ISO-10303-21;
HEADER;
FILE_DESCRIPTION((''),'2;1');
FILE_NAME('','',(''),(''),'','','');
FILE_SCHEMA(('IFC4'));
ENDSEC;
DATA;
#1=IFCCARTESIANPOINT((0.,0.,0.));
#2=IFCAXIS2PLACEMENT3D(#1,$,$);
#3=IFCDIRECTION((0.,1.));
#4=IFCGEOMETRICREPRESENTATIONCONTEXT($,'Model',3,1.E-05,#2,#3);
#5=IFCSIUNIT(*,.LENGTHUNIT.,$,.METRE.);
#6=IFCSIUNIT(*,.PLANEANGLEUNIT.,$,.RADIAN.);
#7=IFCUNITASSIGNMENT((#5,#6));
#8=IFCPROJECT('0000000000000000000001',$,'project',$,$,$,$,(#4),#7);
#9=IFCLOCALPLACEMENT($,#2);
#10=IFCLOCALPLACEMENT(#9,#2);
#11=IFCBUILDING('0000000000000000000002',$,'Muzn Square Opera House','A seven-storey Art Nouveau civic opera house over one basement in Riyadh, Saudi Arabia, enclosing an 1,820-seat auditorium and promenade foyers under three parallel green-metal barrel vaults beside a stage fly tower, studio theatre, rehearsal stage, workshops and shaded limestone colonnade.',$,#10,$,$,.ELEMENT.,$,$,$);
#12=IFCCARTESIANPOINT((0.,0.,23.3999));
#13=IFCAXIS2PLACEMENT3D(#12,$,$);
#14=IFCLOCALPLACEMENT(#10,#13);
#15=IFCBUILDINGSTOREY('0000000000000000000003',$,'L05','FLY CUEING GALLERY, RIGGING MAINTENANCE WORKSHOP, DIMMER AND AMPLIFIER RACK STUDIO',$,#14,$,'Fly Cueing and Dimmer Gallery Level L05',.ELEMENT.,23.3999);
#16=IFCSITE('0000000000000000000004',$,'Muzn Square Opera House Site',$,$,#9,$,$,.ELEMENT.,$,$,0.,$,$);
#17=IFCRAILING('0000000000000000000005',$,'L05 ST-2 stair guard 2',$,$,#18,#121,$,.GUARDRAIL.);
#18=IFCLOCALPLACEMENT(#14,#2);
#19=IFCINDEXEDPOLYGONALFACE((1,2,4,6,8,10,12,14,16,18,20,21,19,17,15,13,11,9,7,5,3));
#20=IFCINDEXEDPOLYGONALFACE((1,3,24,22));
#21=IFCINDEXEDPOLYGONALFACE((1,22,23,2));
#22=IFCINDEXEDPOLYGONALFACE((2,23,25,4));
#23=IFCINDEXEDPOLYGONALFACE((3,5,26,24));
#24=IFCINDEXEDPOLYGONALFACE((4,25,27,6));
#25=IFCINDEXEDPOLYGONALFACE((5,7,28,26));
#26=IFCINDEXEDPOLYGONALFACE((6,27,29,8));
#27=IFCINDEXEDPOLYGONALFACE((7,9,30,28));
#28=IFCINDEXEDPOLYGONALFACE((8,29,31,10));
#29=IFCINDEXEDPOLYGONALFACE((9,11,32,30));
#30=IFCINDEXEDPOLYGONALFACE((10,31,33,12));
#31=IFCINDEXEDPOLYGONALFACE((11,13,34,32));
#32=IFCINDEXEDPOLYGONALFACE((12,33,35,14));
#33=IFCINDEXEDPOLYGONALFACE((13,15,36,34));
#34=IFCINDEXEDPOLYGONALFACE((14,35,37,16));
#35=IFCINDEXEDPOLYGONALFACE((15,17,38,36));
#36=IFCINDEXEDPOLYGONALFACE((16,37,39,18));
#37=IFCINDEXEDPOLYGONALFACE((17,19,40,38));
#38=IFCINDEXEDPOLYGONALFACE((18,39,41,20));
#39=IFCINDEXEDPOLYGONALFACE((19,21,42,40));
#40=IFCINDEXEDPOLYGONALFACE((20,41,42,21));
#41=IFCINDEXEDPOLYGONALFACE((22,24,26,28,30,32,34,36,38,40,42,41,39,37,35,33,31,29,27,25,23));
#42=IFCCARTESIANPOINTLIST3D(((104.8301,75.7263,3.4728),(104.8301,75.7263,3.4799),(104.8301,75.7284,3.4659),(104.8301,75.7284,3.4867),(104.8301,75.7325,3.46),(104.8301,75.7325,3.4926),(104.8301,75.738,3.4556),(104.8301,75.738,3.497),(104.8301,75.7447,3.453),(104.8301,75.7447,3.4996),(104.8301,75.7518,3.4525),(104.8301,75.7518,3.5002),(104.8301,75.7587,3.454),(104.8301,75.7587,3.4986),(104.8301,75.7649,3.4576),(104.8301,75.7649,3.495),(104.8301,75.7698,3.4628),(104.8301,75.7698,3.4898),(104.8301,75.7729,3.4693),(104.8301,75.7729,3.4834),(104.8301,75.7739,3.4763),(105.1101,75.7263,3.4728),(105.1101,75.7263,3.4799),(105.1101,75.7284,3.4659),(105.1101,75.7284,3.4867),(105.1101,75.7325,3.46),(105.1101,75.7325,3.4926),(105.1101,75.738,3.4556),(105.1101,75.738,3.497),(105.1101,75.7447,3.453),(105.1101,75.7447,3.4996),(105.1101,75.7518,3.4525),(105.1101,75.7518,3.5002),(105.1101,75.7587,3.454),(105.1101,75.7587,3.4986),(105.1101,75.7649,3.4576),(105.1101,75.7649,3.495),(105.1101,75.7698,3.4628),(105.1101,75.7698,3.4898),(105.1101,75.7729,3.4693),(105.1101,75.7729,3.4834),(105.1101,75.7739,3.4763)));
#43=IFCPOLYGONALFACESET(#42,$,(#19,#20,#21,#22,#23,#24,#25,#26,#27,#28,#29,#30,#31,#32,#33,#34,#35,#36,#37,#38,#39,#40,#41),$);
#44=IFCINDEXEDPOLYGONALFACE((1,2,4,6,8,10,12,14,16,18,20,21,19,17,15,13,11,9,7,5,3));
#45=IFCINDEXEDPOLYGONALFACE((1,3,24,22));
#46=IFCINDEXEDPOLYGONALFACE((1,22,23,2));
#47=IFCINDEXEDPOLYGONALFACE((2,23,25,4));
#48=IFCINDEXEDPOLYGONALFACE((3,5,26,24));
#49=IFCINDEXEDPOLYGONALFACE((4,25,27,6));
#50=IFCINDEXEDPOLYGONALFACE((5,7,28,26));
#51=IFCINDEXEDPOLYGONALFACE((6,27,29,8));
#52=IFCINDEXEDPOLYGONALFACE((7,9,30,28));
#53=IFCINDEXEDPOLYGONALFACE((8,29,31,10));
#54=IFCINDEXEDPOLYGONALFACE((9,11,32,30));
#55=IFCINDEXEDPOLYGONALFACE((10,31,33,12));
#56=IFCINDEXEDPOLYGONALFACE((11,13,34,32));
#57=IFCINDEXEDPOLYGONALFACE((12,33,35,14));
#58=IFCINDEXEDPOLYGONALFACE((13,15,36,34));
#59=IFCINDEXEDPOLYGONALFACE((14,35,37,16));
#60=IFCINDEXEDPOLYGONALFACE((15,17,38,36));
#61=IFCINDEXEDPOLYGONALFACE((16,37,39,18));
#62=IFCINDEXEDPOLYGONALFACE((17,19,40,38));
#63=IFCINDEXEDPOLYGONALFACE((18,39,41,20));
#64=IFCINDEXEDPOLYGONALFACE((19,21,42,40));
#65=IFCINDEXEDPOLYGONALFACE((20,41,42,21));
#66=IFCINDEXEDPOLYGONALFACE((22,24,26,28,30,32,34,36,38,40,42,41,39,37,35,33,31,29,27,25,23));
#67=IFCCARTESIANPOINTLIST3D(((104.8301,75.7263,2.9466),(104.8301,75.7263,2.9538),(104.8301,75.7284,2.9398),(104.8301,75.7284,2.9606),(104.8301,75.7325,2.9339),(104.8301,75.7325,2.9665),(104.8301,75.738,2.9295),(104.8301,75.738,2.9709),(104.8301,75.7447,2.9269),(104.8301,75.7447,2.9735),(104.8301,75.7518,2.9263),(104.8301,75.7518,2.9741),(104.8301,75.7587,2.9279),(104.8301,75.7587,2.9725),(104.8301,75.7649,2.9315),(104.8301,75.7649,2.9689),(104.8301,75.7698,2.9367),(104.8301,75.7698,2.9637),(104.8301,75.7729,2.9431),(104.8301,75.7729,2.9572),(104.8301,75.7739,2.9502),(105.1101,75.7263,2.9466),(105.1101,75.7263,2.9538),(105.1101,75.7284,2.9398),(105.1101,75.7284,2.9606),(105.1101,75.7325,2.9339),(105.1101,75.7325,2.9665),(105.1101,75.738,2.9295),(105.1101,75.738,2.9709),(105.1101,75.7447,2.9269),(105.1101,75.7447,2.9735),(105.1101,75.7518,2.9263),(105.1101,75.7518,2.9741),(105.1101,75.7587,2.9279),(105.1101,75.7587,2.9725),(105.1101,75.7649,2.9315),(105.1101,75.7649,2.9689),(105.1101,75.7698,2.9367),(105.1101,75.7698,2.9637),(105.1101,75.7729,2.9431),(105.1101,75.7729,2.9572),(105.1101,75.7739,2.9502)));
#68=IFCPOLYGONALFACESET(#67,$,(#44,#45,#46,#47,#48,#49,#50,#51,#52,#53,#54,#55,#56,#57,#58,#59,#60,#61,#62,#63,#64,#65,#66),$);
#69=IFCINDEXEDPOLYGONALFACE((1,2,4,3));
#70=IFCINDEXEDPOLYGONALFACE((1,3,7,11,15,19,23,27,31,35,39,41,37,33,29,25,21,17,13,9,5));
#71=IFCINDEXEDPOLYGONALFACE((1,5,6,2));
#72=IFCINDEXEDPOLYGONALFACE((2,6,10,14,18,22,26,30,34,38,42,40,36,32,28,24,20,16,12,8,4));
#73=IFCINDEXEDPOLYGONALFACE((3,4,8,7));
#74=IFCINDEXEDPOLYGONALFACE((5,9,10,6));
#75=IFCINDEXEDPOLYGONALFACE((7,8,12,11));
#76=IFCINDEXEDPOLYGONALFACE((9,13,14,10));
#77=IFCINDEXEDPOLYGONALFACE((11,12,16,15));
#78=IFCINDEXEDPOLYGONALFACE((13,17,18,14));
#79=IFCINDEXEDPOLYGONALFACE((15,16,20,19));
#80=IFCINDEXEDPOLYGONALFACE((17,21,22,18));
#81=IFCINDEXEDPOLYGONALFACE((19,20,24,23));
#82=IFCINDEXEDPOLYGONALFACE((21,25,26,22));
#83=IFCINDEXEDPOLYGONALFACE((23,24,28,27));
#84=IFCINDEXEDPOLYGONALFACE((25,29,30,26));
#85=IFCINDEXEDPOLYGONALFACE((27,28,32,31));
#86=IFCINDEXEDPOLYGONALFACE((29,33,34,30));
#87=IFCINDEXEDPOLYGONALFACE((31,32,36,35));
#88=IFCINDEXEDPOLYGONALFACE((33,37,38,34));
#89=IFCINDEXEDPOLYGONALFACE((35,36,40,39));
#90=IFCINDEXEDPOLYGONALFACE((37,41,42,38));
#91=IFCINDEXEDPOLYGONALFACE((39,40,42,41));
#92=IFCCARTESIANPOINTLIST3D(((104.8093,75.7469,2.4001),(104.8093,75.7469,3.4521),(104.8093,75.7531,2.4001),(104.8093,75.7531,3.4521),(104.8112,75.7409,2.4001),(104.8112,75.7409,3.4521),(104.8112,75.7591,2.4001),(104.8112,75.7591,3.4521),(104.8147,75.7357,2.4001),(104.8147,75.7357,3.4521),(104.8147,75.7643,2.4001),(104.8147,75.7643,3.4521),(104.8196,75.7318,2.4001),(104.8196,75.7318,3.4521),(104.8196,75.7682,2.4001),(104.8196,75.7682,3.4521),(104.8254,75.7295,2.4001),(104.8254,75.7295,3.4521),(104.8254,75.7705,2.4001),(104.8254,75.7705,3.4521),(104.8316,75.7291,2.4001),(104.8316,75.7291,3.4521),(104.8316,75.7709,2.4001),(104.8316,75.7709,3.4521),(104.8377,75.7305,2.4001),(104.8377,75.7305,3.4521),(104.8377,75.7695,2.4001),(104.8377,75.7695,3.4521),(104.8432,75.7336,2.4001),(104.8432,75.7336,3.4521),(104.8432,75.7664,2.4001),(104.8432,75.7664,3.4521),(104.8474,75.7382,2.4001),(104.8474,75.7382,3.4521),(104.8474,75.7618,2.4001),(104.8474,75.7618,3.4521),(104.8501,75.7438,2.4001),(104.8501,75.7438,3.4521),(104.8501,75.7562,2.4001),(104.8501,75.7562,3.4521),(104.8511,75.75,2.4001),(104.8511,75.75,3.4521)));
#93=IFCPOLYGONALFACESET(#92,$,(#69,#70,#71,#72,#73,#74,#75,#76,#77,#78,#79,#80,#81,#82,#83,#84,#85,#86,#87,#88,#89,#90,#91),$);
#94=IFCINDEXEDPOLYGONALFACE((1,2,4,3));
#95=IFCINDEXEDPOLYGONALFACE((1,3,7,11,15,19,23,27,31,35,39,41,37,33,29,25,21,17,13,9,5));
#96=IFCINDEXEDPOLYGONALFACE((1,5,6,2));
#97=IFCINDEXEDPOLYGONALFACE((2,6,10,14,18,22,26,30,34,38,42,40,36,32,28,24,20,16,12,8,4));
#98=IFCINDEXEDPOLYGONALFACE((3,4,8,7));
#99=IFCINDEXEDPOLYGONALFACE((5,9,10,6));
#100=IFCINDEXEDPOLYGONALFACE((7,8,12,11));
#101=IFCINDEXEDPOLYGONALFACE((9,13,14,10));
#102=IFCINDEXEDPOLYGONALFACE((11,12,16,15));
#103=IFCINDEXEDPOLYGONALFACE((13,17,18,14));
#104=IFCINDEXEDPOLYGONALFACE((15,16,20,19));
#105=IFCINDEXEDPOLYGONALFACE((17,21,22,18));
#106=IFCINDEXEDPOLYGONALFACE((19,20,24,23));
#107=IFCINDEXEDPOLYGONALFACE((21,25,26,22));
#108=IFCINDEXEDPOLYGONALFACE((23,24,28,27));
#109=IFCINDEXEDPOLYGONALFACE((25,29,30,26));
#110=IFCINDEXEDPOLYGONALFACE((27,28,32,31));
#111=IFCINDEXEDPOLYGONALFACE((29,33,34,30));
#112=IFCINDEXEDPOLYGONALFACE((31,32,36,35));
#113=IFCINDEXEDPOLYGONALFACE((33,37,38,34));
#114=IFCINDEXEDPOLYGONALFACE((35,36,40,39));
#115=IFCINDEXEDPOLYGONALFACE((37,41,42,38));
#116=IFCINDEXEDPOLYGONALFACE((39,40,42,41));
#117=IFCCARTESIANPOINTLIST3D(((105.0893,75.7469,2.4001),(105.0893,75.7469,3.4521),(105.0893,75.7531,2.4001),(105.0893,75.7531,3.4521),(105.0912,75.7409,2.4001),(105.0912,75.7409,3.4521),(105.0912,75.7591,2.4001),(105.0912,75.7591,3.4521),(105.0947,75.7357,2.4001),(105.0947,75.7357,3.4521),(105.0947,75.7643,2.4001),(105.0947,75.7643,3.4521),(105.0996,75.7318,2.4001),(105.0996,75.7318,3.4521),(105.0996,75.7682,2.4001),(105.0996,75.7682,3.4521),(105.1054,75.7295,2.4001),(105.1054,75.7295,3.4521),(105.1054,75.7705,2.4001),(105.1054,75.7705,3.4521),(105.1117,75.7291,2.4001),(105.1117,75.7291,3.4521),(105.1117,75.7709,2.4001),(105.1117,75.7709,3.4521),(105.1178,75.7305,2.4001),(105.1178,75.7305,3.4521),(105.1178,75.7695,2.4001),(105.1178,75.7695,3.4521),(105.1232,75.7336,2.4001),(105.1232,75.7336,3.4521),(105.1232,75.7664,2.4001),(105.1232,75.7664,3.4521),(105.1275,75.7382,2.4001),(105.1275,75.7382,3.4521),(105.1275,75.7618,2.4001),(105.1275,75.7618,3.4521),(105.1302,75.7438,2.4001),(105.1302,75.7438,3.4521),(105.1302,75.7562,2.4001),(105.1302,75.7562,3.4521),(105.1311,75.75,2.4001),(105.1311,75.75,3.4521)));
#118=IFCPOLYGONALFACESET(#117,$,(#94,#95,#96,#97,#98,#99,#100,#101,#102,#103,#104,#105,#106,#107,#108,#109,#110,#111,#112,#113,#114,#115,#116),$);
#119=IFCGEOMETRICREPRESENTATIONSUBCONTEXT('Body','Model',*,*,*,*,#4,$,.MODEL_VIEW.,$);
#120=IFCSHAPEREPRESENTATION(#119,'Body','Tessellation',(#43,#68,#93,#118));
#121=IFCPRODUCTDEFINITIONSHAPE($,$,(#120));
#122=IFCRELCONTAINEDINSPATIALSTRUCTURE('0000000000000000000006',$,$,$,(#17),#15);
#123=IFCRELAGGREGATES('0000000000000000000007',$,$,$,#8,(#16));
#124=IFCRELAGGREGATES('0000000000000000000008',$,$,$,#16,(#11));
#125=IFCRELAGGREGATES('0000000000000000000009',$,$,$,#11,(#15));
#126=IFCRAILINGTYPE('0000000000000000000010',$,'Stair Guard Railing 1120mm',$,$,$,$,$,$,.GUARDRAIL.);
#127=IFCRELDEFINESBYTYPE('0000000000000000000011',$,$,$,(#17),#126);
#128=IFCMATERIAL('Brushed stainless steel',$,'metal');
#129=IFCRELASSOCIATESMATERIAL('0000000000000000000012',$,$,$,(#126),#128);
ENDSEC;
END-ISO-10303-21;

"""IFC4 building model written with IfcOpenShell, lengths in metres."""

from ifc_helpers import new_model, si_unit, direction, frame, origin, origin_2d, place, context, subcontext, project, spatial, circle, extrude, material, type_object, element, save


model = new_model("IFC4")

# Units and contexts
model_context = context("Model", 3, precision=1e-05, world=origin(), true_north=direction((0.0, 1.0)))
body_context = subcontext(model_context, "Body", "Model", "MODEL_VIEW")
ifc_project = project(units=[si_unit("LENGTHUNIT", "METRE"), si_unit("PLANEANGLEUNIT", "RADIAN")], contexts=[model_context])

# Site, building, storey
site_placement = place(None, origin())
site = spatial("IfcSite", under=ifc_project, at=site_placement, Name="Muzn Square Opera House Site", CompositionType="ELEMENT", RefElevation=0.0)
building_placement = place(site_placement, origin())
building = spatial("IfcBuilding", under=site, at=building_placement, Name="Muzn Square Opera House", Description="A seven-storey Art Nouveau civic opera house over one basement in Riyadh, Saudi Arabia, enclosing an 1,820-seat auditorium and promenade foyers under three parallel green-metal barrel vaults beside a stage fly tower, studio theatre, rehearsal stage, workshops and shaded limestone colonnade.", CompositionType="ELEMENT")
storey_placement = place(building_placement, frame((0.0, 0.0, 23.3999)))
storey = spatial("IfcBuildingStorey", under=building, at=storey_placement, Name="L05", Description="FLY CUEING GALLERY, RIGGING MAINTENANCE WORKSHOP, DIMMER AND AMPLIFIER RACK STUDIO", LongName="Fly Cueing and Dimmer Gallery Level L05", CompositionType="ELEMENT", Elevation=23.3999)

# Railing
ifc_material_1 = material(Name="Brushed stainless steel", Category="metal")
railing_type_1 = type_object("IfcRailingType", Name="Stair Guard Railing 1120mm", PredefinedType="GUARDRAIL", material=ifc_material_1)
railing_1_placement = place(storey_placement, frame((104.8301, 75.75, 2.4001)))
element("IfcRailing", 1, at=railing_1_placement, inside=storey, type_object=railing_type_1, Name="L05 ST-2 stair guard 2", PredefinedType="GUARDRAIL", context=body_context, shape_type="SweptSolid", body=[
    extrude(circle(Radius=0.0239, at=origin_2d()), frame((0.0, 0.0, 1.0762), z_axis=(1.0, 0.0, 0.0), x_axis=(0.0, 1.0, 0.0)), (0.0, 0.0, 1.0), 0.28),
    extrude(circle(Radius=0.0239, at=origin_2d()), frame((0.0, 0.0, 0.55), z_axis=(1.0, 0.0, 0.0), x_axis=(0.0, 1.0, 0.0)), (0.0, 0.0, 1.0), 0.28),
    extrude(circle(Radius=0.021, at=origin_2d()), origin(), (0.0, 0.0, 1.0), 1.052),
    extrude(circle(Radius=0.021, at=origin_2d()), frame((0.28, 0.0, 0.0)), (0.0, 0.0, 1.0), 1.052),
])

save(model, "model.ifc")
